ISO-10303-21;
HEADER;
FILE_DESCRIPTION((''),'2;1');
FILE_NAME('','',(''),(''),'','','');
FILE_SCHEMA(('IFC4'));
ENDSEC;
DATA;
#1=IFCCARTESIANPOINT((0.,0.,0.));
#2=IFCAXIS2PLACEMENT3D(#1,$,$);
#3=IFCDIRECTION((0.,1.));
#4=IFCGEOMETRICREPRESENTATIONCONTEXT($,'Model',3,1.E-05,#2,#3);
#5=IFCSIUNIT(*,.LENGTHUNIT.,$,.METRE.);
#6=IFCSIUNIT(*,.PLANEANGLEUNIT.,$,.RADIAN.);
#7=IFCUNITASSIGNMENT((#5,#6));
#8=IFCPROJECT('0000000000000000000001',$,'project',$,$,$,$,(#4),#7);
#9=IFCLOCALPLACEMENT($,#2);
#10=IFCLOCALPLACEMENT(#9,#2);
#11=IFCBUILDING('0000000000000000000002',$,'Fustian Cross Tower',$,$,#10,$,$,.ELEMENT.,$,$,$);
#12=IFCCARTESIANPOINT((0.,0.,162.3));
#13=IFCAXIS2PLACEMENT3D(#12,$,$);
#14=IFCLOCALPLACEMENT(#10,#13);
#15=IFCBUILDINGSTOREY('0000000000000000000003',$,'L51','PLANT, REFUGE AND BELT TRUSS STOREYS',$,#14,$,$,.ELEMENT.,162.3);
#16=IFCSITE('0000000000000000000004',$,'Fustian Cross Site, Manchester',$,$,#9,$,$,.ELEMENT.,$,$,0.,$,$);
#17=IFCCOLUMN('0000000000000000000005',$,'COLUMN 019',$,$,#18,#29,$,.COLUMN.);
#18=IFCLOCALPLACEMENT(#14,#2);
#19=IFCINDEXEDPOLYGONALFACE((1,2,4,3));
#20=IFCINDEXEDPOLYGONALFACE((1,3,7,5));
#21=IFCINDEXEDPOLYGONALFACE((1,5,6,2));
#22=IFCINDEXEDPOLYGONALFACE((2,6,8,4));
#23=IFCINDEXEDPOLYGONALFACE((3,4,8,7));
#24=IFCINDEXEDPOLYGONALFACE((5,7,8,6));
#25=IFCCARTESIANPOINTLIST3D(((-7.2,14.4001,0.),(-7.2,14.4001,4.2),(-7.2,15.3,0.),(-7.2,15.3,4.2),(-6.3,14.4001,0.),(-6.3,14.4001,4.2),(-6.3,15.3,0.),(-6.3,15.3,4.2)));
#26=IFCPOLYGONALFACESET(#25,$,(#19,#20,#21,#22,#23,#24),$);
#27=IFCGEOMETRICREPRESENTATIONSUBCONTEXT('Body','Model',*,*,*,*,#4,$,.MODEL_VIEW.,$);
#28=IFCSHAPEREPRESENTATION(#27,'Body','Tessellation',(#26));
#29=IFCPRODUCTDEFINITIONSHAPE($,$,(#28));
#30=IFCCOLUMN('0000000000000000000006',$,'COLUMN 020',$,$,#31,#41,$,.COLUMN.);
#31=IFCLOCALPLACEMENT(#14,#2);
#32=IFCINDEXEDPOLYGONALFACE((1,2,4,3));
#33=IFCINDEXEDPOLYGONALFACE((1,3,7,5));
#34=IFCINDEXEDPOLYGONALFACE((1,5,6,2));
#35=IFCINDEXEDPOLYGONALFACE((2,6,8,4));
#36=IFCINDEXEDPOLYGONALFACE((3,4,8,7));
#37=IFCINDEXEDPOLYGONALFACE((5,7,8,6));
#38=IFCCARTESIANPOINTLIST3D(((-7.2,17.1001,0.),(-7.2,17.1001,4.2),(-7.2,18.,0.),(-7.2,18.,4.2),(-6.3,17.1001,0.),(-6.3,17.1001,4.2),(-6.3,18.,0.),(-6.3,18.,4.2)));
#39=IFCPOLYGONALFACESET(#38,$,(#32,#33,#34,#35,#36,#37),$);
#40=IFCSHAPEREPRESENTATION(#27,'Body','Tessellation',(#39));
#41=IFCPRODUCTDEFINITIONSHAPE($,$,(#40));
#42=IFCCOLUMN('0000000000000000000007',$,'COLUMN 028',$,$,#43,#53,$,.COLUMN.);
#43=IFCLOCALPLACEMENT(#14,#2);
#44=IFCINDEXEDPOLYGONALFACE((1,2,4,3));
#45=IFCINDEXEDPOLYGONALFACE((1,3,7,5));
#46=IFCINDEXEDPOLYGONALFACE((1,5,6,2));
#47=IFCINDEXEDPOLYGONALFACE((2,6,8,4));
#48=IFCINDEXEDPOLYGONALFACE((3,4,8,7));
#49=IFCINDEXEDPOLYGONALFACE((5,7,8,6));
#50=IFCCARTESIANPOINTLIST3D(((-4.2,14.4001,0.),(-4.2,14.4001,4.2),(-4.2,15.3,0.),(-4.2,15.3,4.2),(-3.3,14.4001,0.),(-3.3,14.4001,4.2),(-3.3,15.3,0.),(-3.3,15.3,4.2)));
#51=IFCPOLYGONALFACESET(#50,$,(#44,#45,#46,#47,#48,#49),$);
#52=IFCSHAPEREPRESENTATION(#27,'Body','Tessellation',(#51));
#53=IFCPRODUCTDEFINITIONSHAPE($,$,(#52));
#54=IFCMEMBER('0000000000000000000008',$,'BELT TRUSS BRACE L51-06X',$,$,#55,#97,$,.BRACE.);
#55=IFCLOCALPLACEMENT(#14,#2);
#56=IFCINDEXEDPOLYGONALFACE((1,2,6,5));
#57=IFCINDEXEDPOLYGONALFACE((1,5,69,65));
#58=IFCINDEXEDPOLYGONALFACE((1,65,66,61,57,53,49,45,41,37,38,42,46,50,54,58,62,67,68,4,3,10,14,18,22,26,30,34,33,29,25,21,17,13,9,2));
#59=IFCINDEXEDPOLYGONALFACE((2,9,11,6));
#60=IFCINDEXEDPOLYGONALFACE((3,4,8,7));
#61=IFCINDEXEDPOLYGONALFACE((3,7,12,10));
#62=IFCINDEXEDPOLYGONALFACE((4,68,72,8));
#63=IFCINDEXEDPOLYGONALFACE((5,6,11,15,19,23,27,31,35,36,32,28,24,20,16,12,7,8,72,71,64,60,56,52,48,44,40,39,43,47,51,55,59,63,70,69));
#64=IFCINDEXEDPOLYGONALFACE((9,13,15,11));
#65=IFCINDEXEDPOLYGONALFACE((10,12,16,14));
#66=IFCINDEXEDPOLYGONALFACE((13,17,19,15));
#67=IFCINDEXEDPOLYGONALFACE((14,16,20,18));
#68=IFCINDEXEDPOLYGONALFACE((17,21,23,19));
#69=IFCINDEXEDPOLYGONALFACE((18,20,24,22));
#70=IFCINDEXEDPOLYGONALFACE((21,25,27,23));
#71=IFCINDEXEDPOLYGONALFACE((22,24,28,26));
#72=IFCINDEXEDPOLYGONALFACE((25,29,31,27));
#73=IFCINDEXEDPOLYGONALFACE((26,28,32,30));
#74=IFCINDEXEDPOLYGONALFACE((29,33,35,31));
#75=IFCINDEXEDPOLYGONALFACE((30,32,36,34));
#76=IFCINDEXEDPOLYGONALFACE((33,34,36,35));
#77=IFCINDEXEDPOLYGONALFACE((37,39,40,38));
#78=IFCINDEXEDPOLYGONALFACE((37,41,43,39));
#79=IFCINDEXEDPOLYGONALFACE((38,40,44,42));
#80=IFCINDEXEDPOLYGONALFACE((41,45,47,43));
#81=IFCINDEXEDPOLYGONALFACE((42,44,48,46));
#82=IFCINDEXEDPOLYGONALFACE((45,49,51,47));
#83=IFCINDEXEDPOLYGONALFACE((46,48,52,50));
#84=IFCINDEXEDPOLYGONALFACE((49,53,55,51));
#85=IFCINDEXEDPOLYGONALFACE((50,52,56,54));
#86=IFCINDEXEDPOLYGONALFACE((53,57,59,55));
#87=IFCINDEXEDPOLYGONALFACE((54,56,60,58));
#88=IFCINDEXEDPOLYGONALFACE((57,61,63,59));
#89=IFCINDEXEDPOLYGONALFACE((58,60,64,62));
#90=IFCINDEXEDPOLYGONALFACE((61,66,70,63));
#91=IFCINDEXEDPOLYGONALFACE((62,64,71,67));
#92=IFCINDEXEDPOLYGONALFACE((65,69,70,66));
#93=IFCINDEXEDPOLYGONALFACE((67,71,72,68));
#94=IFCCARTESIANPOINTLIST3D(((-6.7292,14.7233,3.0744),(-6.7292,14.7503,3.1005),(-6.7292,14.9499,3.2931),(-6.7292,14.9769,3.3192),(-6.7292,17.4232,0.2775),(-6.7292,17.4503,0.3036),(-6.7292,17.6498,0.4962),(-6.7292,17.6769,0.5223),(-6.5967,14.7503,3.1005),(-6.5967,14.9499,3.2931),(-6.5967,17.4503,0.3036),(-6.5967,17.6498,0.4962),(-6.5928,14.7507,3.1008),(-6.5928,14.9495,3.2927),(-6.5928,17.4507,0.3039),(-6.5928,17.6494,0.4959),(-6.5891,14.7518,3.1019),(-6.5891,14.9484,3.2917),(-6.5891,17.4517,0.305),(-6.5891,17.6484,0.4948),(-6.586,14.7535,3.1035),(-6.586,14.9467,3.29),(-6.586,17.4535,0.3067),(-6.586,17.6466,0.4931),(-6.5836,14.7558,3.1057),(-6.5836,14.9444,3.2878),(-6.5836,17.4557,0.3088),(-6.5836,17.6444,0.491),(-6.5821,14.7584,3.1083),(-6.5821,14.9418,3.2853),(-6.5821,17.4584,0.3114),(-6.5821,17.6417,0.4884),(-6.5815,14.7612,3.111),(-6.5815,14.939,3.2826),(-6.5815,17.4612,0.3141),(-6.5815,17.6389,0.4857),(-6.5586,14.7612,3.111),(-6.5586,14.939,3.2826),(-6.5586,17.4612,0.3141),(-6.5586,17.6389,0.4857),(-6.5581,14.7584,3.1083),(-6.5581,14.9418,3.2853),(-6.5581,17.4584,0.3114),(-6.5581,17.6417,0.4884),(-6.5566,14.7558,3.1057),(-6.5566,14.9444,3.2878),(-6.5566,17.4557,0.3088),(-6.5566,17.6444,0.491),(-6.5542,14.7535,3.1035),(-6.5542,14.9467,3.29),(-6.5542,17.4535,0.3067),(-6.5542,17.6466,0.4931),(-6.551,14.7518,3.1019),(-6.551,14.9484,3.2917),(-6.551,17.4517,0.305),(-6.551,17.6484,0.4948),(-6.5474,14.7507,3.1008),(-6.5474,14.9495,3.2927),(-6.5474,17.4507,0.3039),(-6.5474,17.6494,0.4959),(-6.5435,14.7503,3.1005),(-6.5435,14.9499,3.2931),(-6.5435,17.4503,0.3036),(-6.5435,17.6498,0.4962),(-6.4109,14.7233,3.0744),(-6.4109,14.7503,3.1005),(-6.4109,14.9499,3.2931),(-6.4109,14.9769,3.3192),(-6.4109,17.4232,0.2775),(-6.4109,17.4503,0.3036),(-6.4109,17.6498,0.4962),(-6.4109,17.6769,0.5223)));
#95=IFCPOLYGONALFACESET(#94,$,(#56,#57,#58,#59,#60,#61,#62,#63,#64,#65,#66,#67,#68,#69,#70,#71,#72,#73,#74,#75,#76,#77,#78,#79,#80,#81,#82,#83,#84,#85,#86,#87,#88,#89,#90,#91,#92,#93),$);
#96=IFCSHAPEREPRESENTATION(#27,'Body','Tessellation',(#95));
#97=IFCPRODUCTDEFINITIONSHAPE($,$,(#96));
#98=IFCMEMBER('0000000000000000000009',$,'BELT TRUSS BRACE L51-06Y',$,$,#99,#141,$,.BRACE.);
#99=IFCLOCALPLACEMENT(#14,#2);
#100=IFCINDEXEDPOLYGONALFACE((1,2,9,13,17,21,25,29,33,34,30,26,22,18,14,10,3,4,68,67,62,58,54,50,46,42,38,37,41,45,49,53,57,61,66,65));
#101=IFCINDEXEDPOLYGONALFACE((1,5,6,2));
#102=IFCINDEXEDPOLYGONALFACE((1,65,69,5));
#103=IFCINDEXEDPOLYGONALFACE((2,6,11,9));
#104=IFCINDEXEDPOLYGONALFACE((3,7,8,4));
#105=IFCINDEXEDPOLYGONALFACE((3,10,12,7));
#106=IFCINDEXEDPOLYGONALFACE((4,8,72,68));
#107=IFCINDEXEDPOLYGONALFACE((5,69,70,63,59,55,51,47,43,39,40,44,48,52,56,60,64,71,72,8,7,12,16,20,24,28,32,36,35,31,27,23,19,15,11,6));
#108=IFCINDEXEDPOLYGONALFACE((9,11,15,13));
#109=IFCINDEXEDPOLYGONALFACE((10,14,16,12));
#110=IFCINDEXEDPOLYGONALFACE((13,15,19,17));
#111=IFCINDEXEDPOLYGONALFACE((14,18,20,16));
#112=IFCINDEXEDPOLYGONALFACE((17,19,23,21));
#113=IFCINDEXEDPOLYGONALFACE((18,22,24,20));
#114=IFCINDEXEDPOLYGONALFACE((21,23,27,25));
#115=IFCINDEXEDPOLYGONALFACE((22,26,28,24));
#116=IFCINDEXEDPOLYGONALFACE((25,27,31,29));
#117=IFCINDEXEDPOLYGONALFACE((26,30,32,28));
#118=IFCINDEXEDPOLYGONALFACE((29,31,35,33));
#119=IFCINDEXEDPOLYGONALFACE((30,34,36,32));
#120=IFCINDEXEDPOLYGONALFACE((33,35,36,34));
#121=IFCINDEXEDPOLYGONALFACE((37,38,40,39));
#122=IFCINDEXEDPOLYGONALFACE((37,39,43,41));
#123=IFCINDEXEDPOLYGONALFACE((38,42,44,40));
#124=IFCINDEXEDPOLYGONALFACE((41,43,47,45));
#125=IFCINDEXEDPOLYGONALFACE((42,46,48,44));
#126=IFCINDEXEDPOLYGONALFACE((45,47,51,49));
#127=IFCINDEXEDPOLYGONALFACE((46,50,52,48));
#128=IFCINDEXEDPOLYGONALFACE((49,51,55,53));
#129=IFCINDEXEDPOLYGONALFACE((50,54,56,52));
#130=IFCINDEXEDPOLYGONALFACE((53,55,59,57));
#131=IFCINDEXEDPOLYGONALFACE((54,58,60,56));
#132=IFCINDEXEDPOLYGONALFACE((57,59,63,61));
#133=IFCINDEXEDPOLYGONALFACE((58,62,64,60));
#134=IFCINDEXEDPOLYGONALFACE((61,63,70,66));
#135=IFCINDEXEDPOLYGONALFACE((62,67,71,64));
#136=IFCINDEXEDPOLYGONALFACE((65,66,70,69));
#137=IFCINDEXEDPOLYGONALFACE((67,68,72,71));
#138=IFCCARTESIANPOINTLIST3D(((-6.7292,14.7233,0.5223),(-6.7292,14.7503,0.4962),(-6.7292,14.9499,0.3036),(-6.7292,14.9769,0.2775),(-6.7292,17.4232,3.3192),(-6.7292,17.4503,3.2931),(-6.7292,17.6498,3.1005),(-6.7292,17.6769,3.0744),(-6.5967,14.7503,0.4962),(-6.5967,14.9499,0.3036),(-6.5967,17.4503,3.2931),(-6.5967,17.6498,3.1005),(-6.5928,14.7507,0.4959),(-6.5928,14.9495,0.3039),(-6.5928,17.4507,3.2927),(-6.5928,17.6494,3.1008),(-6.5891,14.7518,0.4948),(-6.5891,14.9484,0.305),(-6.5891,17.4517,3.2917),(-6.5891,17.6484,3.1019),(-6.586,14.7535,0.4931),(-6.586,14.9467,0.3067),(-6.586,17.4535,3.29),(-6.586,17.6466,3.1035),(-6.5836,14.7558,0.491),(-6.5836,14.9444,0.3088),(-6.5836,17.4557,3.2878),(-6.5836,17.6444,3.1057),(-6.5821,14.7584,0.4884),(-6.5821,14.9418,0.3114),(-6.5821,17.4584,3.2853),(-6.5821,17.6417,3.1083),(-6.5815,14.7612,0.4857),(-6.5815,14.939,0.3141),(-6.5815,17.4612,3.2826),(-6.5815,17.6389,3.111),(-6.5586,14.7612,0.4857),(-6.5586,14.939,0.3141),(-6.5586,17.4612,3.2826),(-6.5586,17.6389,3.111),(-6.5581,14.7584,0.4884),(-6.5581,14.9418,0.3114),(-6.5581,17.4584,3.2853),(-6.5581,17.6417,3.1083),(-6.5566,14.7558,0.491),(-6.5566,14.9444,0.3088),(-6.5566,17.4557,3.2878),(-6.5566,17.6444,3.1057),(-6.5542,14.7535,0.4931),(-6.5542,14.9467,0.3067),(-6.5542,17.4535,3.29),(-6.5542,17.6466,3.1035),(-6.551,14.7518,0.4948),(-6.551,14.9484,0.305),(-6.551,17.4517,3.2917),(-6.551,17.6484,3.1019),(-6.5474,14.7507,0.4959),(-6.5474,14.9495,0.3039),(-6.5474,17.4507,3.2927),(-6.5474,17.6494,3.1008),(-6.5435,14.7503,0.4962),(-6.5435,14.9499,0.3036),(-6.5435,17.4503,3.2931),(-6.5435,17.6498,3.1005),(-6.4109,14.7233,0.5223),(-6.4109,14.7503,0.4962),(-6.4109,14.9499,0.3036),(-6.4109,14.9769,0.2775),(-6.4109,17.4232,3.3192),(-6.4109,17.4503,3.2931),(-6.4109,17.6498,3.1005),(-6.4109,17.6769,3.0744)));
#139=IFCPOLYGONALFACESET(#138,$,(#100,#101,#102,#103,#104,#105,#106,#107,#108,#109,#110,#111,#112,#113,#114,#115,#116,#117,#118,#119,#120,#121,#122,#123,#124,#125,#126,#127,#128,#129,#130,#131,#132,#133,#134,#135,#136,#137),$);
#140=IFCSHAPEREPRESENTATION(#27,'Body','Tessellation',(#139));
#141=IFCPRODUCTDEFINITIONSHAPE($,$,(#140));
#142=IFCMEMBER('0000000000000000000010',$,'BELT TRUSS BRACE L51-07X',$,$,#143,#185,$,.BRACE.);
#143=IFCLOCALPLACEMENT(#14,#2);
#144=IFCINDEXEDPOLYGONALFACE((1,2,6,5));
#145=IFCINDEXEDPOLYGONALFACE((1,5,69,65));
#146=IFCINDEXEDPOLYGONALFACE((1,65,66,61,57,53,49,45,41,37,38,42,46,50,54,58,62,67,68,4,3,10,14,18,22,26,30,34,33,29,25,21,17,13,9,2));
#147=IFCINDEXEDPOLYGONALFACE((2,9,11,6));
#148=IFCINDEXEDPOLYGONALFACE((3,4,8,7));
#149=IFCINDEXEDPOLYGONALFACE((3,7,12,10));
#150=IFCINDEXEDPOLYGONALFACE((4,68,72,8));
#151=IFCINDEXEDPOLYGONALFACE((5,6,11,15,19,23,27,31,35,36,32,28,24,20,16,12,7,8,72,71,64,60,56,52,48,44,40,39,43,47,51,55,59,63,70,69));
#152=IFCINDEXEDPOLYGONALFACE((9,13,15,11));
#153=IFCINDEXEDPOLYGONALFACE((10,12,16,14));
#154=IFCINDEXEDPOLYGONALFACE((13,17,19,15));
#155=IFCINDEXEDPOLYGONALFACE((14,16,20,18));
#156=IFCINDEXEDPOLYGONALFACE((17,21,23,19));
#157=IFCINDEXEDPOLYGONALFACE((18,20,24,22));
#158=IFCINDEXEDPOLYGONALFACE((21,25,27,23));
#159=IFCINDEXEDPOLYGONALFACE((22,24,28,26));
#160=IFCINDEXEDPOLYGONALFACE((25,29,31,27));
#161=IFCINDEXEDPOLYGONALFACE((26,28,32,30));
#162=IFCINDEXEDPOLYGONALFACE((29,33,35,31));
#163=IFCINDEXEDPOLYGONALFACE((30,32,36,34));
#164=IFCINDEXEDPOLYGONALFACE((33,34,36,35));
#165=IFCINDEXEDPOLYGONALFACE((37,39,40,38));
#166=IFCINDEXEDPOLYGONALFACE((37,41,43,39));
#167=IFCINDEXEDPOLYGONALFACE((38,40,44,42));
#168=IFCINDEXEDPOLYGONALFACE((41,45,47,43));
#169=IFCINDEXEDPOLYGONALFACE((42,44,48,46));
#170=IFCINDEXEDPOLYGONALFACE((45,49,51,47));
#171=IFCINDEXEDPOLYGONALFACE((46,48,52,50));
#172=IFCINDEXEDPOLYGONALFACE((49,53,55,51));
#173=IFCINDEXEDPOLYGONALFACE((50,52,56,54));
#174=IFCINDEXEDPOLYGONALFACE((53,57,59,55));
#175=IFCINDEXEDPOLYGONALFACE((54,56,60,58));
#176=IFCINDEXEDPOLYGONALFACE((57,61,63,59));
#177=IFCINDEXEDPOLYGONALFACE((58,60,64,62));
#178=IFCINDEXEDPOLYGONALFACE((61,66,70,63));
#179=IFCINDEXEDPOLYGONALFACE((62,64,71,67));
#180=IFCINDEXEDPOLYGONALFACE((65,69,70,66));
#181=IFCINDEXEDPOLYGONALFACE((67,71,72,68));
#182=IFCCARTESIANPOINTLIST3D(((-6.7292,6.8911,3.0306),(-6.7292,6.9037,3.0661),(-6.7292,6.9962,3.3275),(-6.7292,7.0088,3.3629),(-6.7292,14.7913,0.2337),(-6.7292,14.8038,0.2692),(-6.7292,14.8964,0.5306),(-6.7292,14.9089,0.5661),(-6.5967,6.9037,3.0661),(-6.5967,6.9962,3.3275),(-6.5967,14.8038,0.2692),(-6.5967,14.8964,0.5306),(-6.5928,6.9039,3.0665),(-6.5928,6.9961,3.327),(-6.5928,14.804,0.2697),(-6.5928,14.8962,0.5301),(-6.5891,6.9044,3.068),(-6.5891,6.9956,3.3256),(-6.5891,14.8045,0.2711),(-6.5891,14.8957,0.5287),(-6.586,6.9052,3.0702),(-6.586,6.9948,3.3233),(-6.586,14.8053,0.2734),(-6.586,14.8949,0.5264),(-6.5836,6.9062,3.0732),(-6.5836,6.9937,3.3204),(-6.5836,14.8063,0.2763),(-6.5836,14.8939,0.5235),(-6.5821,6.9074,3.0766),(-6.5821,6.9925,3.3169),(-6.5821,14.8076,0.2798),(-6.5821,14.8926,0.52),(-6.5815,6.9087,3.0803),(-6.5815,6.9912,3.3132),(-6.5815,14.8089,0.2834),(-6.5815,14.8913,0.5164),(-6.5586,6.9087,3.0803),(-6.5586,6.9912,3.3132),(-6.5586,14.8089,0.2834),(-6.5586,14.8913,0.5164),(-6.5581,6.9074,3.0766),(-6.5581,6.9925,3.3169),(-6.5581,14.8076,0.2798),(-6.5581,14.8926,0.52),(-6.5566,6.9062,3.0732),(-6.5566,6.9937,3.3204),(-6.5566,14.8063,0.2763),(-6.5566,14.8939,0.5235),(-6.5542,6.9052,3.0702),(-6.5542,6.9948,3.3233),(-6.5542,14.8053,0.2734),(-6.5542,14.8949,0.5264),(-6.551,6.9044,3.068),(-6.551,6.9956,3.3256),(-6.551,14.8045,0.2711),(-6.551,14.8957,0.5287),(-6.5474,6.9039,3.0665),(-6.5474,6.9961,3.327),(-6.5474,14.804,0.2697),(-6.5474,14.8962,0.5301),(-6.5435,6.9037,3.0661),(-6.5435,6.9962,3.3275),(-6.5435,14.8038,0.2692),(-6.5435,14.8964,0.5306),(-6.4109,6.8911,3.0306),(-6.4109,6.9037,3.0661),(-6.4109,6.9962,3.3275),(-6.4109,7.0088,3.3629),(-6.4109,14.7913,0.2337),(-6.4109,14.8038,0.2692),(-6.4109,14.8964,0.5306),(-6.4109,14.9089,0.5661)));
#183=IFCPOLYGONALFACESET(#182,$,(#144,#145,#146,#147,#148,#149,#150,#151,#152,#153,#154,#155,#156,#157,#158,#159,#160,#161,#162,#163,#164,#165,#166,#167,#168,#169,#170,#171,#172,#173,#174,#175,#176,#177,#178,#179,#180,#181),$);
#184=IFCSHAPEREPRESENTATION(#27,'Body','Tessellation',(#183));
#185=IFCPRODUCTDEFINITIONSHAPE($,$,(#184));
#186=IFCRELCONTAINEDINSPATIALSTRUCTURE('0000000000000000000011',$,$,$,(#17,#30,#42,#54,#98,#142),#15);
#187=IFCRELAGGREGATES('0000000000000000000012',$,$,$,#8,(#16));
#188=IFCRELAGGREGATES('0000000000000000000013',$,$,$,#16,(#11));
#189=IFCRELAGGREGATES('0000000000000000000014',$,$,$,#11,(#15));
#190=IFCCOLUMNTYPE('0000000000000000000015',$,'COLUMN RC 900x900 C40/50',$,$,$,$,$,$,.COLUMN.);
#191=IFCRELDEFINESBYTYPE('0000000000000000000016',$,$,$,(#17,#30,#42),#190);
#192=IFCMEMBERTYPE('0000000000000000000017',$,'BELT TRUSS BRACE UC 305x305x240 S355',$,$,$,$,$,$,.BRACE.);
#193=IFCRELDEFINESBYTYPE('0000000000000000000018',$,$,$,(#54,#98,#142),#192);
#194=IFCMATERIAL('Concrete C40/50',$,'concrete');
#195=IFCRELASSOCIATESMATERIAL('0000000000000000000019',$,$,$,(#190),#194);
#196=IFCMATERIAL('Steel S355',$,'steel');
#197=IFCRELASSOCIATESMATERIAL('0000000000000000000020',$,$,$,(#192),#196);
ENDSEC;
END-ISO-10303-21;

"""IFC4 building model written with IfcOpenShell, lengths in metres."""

from ifc_helpers import new_model, si_unit, direction, frame, origin, origin_2d, place, context, subcontext, project, spatial, rectangle, i_section, extrude, material, material_profile, profile_set, type_object, element, save


model = new_model("IFC4")

# Units and contexts
model_context = context("Model", 3, precision=1e-05, world=origin(), true_north=direction((0.0, 1.0)))
body_context = subcontext(model_context, "Body", "Model", "MODEL_VIEW")
ifc_project = project(units=[si_unit("LENGTHUNIT", "METRE"), si_unit("PLANEANGLEUNIT", "RADIAN")], contexts=[model_context])

# Site, building, storey
site_placement = place(None, origin())
site = spatial("IfcSite", under=ifc_project, at=site_placement, Name="Fustian Cross Site, Manchester", CompositionType="ELEMENT", RefElevation=0.0)
building_placement = place(site_placement, origin())
building = spatial("IfcBuilding", under=site, at=building_placement, Name="Fustian Cross Tower", CompositionType="ELEMENT")
storey_placement = place(building_placement, frame((0.0, 0.0, 162.3)))
storey = spatial("IfcBuildingStorey", under=building, at=storey_placement, Name="L51", Description="PLANT, REFUGE AND BELT TRUSS STOREYS", CompositionType="ELEMENT", Elevation=162.3)

# Columns
ifc_material_1 = material(Name="Concrete C40/50", Category="concrete")
ifc_material_profile_1 = material_profile(ifc_material_1, rectangle(XDim=0.8999, YDim=0.8999, at=origin_2d()), Name="RC 900x900")
ifc_profile_set_1 = profile_set([ifc_material_profile_1], Name="Concrete C40/50")
column_type = type_object("IfcColumnType", Name="COLUMN RC 900x900 C40/50", PredefinedType="COLUMN", material=ifc_profile_set_1)
for number, where, z_axis, x_axis, name in (
    (1, (-6.75, 14.8501, 0.0), (0.0, 0.0, 1.0), (1.0, 0.0, 0.0), "COLUMN 019"),
    (2, (-6.75, 17.55, 0.0), (0.0, 0.0, 1.0), (1.0, 0.0, 0.0), "COLUMN 020"),
    (3, (-3.75, 14.8501, 0.0), (0.0, 0.0, 1.0), (1.0, 0.0, 0.0), "COLUMN 028"),
):
    element("IfcColumn", number, at=place(storey_placement, frame(where, z_axis=z_axis, x_axis=x_axis)), inside=storey, type_object=column_type, Name=name, PredefinedType="COLUMN", context=body_context, shape_type="SweptSolid", body=[
        extrude(rectangle(XDim=0.8999, YDim=0.8999, at=origin_2d()), origin(), (0.0, 0.0, 1.0), 4.2),
    ])

# Members
ifc_material_2 = material(Name="Steel S355", Category="steel")
ifc_material_profile_2 = material_profile(ifc_material_2, i_section(OverallWidth=0.3184, OverallDepth=0.3525, WebThickness=0.0229, FlangeThickness=0.0376, FilletRadius=0.0151, at=origin_2d()), Name="UC 305x305x240")
ifc_profile_set_2 = profile_set([ifc_material_profile_2], Name="Steel S355")
member_type_1 = type_object("IfcMemberType", Name="BELT TRUSS BRACE UC 305x305x240 S355", PredefinedType="BRACE", material=ifc_profile_set_2)
for number, where, z_axis, x_axis, name in (
    (4, (-6.5701, 17.55, 0.3999), (0.0, -0.694531, 0.719463), (1.0, 0.0, 0.0), "BELT TRUSS BRACE L51-06X"),
    (5, (-6.5701, 17.55, 3.1968), (0.0, -0.694531, -0.719463), (1.0, 0.0, 0.0), "BELT TRUSS BRACE L51-06Y"),
):
    element("IfcMember", number, at=place(storey_placement, frame(where, z_axis=z_axis, x_axis=x_axis)), inside=storey, type_object=member_type_1, Name=name, PredefinedType="BRACE", context=body_context, shape_type="SweptSolid", body=[
        extrude(i_section(OverallWidth=0.3184, OverallDepth=0.3525, WebThickness=0.0229, FlangeThickness=0.0376, FilletRadius=0.0151, at=origin_2d()), origin(), (0.0, 0.0, 1.0), 3.8875),
    ])
for number, where, z_axis, x_axis, name in (
    (6, (-6.5701, 14.8501, 0.3999), (0.0, -0.942668, 0.333731), (1.0, 0.0, 0.0), "BELT TRUSS BRACE L51-07X"),
):
    element("IfcMember", number, at=place(storey_placement, frame(where, z_axis=z_axis, x_axis=x_axis)), inside=storey, type_object=member_type_1, Name=name, PredefinedType="BRACE", context=body_context, shape_type="SweptSolid", body=[
        extrude(i_section(OverallWidth=0.3184, OverallDepth=0.3525, WebThickness=0.0229, FlangeThickness=0.0376, FilletRadius=0.0151, at=origin_2d()), origin(), (0.0, 0.0, 1.0), 8.3806),
    ])

save(model, "model.ifc")
